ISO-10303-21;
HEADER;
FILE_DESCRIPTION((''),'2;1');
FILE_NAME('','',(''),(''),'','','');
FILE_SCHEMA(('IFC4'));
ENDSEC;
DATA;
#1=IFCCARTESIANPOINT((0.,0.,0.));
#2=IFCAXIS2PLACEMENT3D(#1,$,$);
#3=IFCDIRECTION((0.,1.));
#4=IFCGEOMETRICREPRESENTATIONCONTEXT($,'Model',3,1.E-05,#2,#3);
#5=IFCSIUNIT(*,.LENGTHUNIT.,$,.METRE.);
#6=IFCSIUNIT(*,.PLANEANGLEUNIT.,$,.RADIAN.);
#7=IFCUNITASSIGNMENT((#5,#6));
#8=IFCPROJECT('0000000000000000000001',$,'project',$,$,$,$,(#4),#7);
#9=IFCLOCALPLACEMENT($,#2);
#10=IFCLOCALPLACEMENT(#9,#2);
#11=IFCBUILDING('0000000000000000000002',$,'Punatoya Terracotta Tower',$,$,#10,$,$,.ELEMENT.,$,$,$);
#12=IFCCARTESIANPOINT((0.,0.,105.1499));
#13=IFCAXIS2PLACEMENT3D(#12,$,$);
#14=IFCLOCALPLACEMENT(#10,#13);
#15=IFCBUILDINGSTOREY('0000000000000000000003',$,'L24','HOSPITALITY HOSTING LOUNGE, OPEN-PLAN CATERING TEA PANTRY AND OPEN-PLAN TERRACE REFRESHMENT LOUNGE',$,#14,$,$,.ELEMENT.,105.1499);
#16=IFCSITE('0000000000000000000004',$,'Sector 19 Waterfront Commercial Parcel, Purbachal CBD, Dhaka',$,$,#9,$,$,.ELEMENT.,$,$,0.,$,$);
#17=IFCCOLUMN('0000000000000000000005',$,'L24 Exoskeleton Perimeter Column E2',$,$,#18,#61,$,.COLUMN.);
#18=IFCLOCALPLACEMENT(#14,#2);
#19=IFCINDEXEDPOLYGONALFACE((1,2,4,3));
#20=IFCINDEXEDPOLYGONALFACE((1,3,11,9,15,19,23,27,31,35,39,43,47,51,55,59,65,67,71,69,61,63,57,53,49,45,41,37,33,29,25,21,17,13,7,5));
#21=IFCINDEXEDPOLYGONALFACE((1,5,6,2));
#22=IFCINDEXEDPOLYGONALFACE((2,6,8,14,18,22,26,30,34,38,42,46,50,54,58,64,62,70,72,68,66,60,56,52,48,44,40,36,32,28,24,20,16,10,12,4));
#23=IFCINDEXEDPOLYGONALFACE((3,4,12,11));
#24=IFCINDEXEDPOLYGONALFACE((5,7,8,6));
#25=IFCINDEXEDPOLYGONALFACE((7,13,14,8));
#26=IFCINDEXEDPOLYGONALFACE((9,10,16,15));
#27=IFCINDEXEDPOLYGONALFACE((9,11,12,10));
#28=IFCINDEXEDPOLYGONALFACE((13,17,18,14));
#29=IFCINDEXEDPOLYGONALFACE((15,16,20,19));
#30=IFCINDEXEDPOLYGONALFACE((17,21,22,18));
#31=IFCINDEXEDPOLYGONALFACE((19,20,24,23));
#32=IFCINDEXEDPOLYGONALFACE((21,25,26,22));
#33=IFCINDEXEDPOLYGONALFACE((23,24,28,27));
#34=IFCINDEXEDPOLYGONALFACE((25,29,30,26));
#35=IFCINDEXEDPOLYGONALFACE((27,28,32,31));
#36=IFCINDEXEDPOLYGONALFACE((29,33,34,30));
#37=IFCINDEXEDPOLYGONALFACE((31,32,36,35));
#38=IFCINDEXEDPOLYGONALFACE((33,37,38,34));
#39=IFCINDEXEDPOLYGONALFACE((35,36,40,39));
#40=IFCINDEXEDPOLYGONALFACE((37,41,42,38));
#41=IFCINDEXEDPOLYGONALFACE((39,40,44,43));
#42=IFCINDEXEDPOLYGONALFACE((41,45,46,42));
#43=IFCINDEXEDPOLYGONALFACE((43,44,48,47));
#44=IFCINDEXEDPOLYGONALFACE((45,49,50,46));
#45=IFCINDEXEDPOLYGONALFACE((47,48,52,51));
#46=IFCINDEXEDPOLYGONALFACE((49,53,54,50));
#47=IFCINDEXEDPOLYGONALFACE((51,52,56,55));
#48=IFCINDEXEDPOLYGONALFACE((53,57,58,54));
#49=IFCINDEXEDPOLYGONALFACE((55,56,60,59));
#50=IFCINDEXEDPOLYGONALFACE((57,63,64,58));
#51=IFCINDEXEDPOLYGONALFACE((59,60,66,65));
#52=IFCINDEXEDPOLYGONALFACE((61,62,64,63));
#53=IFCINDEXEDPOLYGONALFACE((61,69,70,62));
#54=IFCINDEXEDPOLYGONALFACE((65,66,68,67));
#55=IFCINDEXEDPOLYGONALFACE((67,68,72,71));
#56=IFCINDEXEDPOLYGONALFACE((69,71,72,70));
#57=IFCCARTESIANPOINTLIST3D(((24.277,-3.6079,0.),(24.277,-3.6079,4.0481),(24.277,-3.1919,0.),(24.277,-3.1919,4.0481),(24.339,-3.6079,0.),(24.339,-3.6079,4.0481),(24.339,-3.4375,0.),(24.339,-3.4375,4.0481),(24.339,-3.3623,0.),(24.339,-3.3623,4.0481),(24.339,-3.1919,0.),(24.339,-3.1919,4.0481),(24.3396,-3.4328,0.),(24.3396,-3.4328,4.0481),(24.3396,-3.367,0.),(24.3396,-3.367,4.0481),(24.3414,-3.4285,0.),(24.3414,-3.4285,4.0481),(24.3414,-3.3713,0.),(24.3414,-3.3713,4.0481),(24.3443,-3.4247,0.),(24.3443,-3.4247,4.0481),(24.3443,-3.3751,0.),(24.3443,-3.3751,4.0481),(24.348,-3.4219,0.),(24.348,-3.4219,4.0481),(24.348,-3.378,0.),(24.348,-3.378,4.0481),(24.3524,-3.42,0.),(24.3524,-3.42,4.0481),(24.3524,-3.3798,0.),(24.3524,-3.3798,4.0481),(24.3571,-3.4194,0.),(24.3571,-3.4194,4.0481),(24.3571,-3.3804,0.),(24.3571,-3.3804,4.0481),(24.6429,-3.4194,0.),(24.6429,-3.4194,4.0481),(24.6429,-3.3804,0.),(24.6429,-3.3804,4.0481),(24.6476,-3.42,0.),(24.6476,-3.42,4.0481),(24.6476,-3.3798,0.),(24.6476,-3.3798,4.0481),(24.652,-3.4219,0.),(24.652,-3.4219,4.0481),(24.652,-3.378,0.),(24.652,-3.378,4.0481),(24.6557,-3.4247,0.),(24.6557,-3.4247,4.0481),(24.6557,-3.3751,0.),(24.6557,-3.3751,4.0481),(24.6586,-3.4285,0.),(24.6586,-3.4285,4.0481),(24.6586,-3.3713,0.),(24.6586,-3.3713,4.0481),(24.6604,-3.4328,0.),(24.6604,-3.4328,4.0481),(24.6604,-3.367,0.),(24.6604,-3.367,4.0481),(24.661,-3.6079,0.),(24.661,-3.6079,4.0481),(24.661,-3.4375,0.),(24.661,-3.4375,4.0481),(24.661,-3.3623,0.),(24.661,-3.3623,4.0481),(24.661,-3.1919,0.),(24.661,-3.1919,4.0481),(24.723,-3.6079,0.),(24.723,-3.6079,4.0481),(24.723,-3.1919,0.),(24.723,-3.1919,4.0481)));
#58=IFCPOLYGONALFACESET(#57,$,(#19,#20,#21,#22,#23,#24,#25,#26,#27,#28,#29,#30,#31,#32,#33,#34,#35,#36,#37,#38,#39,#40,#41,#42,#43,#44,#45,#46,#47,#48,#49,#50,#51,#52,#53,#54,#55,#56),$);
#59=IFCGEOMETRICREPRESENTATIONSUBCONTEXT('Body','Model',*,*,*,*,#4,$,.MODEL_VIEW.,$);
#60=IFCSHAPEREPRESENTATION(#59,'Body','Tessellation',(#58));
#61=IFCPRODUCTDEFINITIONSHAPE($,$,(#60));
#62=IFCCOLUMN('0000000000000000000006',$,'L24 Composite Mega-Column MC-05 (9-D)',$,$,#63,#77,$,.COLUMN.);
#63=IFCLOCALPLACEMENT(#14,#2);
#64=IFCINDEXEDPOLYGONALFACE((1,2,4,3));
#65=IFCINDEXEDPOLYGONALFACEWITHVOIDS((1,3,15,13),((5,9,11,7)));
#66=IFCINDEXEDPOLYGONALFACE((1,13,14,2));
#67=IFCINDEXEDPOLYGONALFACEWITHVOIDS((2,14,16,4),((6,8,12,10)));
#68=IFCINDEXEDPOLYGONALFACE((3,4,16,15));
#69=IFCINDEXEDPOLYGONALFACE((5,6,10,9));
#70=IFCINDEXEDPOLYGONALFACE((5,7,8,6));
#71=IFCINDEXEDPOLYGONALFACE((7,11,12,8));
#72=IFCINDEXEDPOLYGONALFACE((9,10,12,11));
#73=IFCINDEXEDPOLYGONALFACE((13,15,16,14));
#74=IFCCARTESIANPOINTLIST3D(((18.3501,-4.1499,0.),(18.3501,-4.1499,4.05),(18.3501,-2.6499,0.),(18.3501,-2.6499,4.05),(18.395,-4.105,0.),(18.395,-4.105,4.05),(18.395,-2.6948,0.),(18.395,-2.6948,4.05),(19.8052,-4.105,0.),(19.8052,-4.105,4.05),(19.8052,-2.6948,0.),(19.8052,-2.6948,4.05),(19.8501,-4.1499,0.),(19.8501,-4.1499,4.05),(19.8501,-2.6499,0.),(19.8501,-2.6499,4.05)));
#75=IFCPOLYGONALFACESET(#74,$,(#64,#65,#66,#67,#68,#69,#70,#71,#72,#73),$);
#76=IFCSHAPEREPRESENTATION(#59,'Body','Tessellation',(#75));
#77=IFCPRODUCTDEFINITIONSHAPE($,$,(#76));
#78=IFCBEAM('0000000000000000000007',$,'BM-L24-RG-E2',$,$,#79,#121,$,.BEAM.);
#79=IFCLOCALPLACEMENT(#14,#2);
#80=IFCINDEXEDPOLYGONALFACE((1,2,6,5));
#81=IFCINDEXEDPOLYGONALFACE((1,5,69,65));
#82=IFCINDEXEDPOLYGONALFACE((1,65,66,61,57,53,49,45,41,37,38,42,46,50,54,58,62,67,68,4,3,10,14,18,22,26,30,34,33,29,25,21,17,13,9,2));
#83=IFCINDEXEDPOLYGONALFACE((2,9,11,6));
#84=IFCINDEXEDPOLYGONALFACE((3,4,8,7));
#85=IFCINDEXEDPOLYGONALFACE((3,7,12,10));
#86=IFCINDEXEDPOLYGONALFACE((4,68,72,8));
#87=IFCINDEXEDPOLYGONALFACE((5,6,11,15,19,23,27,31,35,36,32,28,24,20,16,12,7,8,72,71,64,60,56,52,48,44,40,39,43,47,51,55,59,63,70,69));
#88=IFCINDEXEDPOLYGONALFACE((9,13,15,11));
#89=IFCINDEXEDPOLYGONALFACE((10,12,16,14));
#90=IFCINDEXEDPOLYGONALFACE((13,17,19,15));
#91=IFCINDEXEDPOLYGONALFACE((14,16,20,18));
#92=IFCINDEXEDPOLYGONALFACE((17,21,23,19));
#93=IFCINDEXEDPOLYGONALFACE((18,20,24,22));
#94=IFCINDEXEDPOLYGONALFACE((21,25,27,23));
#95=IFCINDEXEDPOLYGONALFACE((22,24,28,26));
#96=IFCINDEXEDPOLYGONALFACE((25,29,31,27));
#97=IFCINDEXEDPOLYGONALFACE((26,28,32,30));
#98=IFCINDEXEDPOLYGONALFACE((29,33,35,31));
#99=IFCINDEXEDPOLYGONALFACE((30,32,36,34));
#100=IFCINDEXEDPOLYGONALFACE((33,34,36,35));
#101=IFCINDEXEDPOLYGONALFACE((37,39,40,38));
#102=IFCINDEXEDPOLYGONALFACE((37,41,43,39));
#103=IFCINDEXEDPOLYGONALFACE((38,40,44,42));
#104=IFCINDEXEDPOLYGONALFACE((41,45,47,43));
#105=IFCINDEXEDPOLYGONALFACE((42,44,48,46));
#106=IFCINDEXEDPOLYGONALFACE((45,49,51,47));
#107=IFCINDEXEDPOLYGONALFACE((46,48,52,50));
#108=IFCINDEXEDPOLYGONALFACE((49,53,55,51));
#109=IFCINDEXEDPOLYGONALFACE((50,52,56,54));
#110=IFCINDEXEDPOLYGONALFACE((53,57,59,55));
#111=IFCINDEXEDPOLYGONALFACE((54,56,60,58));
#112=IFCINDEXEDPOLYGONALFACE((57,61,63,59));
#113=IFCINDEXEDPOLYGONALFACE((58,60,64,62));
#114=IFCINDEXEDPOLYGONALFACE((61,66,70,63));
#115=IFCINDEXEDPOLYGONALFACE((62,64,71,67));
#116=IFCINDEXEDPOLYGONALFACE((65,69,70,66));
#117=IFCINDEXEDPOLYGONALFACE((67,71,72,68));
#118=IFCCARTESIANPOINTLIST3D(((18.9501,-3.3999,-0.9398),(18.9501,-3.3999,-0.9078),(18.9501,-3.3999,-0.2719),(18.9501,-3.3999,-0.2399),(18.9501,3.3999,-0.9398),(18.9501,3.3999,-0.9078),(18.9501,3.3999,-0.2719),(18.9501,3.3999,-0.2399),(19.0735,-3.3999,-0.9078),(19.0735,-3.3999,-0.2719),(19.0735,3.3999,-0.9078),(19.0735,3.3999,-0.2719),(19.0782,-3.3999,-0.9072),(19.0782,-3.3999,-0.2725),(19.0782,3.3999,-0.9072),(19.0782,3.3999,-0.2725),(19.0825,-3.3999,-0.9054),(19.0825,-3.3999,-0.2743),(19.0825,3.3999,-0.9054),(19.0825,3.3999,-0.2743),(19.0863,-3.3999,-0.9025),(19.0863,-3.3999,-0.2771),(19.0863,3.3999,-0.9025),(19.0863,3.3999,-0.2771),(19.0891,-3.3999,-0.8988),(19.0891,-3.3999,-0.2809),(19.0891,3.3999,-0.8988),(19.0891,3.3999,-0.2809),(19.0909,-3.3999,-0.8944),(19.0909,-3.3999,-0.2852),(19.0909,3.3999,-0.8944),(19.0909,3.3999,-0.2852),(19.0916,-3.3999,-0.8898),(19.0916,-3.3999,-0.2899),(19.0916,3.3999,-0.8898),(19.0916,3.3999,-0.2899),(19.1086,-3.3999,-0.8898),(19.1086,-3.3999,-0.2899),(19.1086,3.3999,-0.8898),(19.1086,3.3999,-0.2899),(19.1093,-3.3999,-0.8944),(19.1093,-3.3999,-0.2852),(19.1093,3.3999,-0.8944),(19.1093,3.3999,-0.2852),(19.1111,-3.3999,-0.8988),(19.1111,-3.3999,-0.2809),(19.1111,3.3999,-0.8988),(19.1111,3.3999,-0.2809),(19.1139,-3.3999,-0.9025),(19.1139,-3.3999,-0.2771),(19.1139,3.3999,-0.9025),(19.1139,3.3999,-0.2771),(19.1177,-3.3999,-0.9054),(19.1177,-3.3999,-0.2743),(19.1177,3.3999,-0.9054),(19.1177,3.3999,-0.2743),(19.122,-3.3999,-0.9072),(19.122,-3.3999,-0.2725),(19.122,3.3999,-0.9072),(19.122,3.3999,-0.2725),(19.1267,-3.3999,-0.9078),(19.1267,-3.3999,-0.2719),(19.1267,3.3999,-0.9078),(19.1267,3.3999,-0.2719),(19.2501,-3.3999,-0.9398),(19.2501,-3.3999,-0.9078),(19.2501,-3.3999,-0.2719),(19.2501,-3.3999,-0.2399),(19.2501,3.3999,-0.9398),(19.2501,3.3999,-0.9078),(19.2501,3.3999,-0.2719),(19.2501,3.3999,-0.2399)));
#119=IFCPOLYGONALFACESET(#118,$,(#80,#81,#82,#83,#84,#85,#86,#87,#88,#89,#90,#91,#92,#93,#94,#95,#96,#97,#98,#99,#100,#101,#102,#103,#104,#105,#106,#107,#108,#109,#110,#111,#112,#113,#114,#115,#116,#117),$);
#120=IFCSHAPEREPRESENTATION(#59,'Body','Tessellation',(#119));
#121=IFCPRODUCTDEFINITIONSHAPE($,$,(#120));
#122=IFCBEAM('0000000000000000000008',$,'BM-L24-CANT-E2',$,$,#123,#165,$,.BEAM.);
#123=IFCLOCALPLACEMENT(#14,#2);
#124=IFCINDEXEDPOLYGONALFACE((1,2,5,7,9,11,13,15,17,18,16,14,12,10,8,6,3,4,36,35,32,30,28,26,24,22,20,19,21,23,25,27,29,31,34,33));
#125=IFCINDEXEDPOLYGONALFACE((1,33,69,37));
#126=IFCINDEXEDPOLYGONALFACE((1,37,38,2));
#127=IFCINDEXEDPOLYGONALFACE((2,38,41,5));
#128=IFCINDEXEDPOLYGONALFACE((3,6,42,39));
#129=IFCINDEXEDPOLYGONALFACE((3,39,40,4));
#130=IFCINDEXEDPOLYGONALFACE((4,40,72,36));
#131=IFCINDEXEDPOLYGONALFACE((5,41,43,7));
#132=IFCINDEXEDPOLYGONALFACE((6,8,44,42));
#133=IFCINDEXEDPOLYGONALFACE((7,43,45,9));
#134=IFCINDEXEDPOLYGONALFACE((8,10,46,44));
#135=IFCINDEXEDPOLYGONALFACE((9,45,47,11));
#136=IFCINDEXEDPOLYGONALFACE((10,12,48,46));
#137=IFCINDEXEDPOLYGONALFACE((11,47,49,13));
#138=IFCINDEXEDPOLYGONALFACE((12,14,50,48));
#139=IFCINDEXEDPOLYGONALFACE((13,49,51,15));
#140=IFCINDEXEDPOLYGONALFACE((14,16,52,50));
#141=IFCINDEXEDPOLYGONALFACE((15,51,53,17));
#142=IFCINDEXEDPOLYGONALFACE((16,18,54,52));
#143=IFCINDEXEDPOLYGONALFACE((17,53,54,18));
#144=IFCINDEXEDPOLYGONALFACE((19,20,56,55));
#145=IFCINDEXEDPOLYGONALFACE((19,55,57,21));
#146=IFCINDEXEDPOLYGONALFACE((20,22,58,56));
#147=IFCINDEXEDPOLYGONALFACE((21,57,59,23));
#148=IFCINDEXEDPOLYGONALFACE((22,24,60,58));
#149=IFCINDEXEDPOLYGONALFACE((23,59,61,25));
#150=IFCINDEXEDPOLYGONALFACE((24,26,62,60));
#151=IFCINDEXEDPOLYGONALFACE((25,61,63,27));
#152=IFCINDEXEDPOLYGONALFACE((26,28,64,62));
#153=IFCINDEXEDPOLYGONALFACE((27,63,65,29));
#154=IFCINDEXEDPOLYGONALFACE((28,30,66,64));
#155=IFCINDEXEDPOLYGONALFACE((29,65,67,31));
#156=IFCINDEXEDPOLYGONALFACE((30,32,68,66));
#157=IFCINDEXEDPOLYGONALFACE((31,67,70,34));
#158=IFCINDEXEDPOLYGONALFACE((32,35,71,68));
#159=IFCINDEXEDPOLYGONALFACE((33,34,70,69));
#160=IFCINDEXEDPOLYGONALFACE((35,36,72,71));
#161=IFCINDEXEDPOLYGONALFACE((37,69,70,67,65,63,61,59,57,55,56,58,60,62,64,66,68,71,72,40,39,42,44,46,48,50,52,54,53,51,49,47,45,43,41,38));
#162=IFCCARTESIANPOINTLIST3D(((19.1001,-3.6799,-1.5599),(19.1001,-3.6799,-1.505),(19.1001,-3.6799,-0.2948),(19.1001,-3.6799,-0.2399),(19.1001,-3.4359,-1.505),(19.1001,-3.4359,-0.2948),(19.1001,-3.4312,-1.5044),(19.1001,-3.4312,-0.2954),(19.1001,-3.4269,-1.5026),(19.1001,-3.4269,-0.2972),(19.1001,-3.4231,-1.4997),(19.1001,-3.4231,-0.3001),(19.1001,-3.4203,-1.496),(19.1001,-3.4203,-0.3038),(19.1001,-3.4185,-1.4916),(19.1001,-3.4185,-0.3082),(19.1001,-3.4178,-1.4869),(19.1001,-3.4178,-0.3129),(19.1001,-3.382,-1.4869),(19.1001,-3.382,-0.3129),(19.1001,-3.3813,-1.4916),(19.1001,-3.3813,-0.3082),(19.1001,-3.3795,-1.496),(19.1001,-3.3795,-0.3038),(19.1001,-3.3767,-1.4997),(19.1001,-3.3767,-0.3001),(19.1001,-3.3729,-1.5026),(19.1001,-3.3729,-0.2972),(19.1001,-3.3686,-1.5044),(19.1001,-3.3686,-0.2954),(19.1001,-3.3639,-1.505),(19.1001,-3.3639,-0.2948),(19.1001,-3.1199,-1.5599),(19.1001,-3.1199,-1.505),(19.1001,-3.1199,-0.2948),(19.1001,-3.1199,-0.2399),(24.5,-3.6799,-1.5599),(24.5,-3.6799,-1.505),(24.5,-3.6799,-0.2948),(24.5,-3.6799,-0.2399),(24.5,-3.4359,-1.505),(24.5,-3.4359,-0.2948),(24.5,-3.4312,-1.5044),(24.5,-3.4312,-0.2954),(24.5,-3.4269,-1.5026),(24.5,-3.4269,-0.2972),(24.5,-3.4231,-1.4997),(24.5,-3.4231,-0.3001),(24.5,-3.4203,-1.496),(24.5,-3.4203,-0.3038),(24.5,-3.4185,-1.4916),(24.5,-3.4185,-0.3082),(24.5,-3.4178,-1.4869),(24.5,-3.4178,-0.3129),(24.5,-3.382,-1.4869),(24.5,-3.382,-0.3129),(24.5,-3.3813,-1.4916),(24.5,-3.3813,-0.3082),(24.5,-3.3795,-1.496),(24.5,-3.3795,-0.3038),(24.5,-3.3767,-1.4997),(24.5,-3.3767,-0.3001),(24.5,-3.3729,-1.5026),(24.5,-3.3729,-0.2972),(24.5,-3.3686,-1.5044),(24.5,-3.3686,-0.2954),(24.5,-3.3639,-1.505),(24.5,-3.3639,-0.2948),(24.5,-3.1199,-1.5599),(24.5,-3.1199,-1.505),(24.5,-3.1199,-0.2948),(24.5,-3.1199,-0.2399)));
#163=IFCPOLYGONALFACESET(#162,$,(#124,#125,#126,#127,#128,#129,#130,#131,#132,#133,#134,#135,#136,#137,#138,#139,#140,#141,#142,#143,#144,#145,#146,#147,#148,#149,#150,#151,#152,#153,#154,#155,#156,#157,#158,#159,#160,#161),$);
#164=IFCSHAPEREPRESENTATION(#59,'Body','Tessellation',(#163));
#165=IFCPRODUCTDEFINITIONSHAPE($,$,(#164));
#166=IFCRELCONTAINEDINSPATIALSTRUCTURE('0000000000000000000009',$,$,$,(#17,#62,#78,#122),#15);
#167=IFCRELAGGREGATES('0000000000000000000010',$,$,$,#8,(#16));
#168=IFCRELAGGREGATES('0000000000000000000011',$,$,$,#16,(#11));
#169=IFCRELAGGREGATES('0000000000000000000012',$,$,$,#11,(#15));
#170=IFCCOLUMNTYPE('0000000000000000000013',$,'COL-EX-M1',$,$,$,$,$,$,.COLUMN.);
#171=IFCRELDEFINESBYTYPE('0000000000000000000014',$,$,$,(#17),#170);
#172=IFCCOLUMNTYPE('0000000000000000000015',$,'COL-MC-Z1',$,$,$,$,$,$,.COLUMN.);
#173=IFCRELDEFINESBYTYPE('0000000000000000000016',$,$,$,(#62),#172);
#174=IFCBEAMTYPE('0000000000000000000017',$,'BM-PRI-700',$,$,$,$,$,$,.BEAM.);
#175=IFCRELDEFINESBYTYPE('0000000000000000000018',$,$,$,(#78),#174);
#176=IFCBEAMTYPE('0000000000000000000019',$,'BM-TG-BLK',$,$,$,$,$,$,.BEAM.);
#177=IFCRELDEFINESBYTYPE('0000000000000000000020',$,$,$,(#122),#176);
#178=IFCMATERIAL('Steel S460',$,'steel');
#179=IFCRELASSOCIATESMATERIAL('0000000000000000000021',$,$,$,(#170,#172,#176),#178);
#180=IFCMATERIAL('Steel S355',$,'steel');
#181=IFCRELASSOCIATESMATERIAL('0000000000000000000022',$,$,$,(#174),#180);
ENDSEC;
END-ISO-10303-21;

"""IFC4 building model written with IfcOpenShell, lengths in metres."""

from ifc_helpers import new_model, si_unit, direction, frame, origin, origin_2d, place, context, subcontext, project, spatial, hollow_rectangle, i_section, extrude, material, material_profile, profile_set, type_object, element, save


model = new_model("IFC4")

# Units and contexts
model_context = context("Model", 3, precision=1e-05, world=origin(), true_north=direction((0.0, 1.0)))
body_context = subcontext(model_context, "Body", "Model", "MODEL_VIEW")
ifc_project = project(units=[si_unit("LENGTHUNIT", "METRE"), si_unit("PLANEANGLEUNIT", "RADIAN")], contexts=[model_context])

# Site, building, storey
site_placement = place(None, origin())
site = spatial("IfcSite", under=ifc_project, at=site_placement, Name="Sector 19 Waterfront Commercial Parcel, Purbachal CBD, Dhaka", CompositionType="ELEMENT", RefElevation=0.0)
building_placement = place(site_placement, origin())
building = spatial("IfcBuilding", under=site, at=building_placement, Name="Punatoya Terracotta Tower", CompositionType="ELEMENT")
storey_placement = place(building_placement, frame((0.0, 0.0, 105.1499)))
storey = spatial("IfcBuildingStorey", under=building, at=storey_placement, Name="L24", Description="HOSPITALITY HOSTING LOUNGE, OPEN-PLAN CATERING TEA PANTRY AND OPEN-PLAN TERRACE REFRESHMENT LOUNGE", CompositionType="ELEMENT", Elevation=105.1499)

# Columns
ifc_material_1 = material(Name="Steel S460", Category="steel")
ifc_material_profile_1 = material_profile(ifc_material_1, i_section(OverallWidth=0.416, OverallDepth=0.446, WebThickness=0.0391, FlangeThickness=0.062, FilletRadius=0.0181, at=origin_2d()))
ifc_profile_set_1 = profile_set([ifc_material_profile_1], Name="Steel S460")
column_type_1 = type_object("IfcColumnType", Name="COL-EX-M1", PredefinedType="COLUMN", material=ifc_profile_set_1)
column_1_placement = place(storey_placement, frame((24.5, -3.3999, 0.0), z_axis=(0.0, 0.0, 1.0), x_axis=(0.0, 1.0, 0.0)))
element("IfcColumn", 1, at=column_1_placement, inside=storey, type_object=column_type_1, Name="L24 Exoskeleton Perimeter Column E2", PredefinedType="COLUMN", context=body_context, shape_type="SweptSolid", body=[
    extrude(i_section(OverallWidth=0.416, OverallDepth=0.446, WebThickness=0.0391, FlangeThickness=0.062, FilletRadius=0.0181, at=origin_2d()), origin(), (0.0, 0.0, 1.0), 4.0481),
])
ifc_material_profile_2 = material_profile(ifc_material_1, hollow_rectangle(XDim=1.5, YDim=1.5, WallThickness=0.0449, at=origin_2d()))
ifc_profile_set_2 = profile_set([ifc_material_profile_2], Name="Steel S460")
column_type_2 = type_object("IfcColumnType", Name="COL-MC-Z1", PredefinedType="COLUMN", material=ifc_profile_set_2)
column_2_placement = place(storey_placement, frame((19.1001, -3.3999, 0.0), z_axis=(0.0, 0.0, 1.0), x_axis=(1.0, 0.0, 0.0)))
element("IfcColumn", 2, at=column_2_placement, inside=storey, type_object=column_type_2, Name="L24 Composite Mega-Column MC-05 (9-D)", PredefinedType="COLUMN", context=body_context, shape_type="SweptSolid", body=[
    extrude(hollow_rectangle(XDim=1.5, YDim=1.5, WallThickness=0.0449, at=origin_2d()), origin(), (0.0, 0.0, 1.0), 4.05),
])

# Beams
ifc_material_2 = material(Name="Steel S355", Category="steel")
ifc_material_profile_3 = material_profile(ifc_material_2, i_section(OverallWidth=0.3, OverallDepth=0.7, WebThickness=0.0171, FlangeThickness=0.032, FilletRadius=0.0181, at=origin_2d()))
ifc_profile_set_3 = profile_set([ifc_material_profile_3], Name="Steel S355")
beam_type_1 = type_object("IfcBeamType", Name="BM-PRI-700", PredefinedType="BEAM", material=ifc_profile_set_3)
beam_1_placement = place(storey_placement, frame((19.1001, -3.3999, -0.5898), z_axis=(0.0, 1.0, 0.0), x_axis=(-1.0, 0.0, 0.0)))
element("IfcBeam", 3, at=beam_1_placement, inside=storey, type_object=beam_type_1, Name="BM-L24-RG-E2", PredefinedType="BEAM", context=body_context, shape_type="SweptSolid", body=[
    extrude(i_section(OverallWidth=0.3, OverallDepth=0.7, WebThickness=0.0171, FlangeThickness=0.032, FilletRadius=0.0181, at=origin_2d()), origin(), (0.0, 0.0, 1.0), 6.7998),
])
ifc_material_profile_4 = material_profile(ifc_material_1, i_section(OverallWidth=0.5601, OverallDepth=1.3201, WebThickness=0.0359, FlangeThickness=0.0549, FilletRadius=0.0181, at=origin_2d()))
ifc_profile_set_4 = profile_set([ifc_material_profile_4], Name="Steel S460")
beam_type_2 = type_object("IfcBeamType", Name="BM-TG-BLK", PredefinedType="BEAM", material=ifc_profile_set_4)
beam_2_placement = place(storey_placement, frame((19.1001, -3.3999, -0.8999), z_axis=(1.0, 0.0, 0.0), x_axis=(0.0, 1.0, 0.0)))
element("IfcBeam", 4, at=beam_2_placement, inside=storey, type_object=beam_type_2, Name="BM-L24-CANT-E2", PredefinedType="BEAM", context=body_context, shape_type="SweptSolid", body=[
    extrude(i_section(OverallWidth=0.5601, OverallDepth=1.3201, WebThickness=0.0359, FlangeThickness=0.0549, FilletRadius=0.0181, at=origin_2d()), origin(), (0.0, 0.0, 1.0), 5.3999),
])

save(model, "model.ifc")
